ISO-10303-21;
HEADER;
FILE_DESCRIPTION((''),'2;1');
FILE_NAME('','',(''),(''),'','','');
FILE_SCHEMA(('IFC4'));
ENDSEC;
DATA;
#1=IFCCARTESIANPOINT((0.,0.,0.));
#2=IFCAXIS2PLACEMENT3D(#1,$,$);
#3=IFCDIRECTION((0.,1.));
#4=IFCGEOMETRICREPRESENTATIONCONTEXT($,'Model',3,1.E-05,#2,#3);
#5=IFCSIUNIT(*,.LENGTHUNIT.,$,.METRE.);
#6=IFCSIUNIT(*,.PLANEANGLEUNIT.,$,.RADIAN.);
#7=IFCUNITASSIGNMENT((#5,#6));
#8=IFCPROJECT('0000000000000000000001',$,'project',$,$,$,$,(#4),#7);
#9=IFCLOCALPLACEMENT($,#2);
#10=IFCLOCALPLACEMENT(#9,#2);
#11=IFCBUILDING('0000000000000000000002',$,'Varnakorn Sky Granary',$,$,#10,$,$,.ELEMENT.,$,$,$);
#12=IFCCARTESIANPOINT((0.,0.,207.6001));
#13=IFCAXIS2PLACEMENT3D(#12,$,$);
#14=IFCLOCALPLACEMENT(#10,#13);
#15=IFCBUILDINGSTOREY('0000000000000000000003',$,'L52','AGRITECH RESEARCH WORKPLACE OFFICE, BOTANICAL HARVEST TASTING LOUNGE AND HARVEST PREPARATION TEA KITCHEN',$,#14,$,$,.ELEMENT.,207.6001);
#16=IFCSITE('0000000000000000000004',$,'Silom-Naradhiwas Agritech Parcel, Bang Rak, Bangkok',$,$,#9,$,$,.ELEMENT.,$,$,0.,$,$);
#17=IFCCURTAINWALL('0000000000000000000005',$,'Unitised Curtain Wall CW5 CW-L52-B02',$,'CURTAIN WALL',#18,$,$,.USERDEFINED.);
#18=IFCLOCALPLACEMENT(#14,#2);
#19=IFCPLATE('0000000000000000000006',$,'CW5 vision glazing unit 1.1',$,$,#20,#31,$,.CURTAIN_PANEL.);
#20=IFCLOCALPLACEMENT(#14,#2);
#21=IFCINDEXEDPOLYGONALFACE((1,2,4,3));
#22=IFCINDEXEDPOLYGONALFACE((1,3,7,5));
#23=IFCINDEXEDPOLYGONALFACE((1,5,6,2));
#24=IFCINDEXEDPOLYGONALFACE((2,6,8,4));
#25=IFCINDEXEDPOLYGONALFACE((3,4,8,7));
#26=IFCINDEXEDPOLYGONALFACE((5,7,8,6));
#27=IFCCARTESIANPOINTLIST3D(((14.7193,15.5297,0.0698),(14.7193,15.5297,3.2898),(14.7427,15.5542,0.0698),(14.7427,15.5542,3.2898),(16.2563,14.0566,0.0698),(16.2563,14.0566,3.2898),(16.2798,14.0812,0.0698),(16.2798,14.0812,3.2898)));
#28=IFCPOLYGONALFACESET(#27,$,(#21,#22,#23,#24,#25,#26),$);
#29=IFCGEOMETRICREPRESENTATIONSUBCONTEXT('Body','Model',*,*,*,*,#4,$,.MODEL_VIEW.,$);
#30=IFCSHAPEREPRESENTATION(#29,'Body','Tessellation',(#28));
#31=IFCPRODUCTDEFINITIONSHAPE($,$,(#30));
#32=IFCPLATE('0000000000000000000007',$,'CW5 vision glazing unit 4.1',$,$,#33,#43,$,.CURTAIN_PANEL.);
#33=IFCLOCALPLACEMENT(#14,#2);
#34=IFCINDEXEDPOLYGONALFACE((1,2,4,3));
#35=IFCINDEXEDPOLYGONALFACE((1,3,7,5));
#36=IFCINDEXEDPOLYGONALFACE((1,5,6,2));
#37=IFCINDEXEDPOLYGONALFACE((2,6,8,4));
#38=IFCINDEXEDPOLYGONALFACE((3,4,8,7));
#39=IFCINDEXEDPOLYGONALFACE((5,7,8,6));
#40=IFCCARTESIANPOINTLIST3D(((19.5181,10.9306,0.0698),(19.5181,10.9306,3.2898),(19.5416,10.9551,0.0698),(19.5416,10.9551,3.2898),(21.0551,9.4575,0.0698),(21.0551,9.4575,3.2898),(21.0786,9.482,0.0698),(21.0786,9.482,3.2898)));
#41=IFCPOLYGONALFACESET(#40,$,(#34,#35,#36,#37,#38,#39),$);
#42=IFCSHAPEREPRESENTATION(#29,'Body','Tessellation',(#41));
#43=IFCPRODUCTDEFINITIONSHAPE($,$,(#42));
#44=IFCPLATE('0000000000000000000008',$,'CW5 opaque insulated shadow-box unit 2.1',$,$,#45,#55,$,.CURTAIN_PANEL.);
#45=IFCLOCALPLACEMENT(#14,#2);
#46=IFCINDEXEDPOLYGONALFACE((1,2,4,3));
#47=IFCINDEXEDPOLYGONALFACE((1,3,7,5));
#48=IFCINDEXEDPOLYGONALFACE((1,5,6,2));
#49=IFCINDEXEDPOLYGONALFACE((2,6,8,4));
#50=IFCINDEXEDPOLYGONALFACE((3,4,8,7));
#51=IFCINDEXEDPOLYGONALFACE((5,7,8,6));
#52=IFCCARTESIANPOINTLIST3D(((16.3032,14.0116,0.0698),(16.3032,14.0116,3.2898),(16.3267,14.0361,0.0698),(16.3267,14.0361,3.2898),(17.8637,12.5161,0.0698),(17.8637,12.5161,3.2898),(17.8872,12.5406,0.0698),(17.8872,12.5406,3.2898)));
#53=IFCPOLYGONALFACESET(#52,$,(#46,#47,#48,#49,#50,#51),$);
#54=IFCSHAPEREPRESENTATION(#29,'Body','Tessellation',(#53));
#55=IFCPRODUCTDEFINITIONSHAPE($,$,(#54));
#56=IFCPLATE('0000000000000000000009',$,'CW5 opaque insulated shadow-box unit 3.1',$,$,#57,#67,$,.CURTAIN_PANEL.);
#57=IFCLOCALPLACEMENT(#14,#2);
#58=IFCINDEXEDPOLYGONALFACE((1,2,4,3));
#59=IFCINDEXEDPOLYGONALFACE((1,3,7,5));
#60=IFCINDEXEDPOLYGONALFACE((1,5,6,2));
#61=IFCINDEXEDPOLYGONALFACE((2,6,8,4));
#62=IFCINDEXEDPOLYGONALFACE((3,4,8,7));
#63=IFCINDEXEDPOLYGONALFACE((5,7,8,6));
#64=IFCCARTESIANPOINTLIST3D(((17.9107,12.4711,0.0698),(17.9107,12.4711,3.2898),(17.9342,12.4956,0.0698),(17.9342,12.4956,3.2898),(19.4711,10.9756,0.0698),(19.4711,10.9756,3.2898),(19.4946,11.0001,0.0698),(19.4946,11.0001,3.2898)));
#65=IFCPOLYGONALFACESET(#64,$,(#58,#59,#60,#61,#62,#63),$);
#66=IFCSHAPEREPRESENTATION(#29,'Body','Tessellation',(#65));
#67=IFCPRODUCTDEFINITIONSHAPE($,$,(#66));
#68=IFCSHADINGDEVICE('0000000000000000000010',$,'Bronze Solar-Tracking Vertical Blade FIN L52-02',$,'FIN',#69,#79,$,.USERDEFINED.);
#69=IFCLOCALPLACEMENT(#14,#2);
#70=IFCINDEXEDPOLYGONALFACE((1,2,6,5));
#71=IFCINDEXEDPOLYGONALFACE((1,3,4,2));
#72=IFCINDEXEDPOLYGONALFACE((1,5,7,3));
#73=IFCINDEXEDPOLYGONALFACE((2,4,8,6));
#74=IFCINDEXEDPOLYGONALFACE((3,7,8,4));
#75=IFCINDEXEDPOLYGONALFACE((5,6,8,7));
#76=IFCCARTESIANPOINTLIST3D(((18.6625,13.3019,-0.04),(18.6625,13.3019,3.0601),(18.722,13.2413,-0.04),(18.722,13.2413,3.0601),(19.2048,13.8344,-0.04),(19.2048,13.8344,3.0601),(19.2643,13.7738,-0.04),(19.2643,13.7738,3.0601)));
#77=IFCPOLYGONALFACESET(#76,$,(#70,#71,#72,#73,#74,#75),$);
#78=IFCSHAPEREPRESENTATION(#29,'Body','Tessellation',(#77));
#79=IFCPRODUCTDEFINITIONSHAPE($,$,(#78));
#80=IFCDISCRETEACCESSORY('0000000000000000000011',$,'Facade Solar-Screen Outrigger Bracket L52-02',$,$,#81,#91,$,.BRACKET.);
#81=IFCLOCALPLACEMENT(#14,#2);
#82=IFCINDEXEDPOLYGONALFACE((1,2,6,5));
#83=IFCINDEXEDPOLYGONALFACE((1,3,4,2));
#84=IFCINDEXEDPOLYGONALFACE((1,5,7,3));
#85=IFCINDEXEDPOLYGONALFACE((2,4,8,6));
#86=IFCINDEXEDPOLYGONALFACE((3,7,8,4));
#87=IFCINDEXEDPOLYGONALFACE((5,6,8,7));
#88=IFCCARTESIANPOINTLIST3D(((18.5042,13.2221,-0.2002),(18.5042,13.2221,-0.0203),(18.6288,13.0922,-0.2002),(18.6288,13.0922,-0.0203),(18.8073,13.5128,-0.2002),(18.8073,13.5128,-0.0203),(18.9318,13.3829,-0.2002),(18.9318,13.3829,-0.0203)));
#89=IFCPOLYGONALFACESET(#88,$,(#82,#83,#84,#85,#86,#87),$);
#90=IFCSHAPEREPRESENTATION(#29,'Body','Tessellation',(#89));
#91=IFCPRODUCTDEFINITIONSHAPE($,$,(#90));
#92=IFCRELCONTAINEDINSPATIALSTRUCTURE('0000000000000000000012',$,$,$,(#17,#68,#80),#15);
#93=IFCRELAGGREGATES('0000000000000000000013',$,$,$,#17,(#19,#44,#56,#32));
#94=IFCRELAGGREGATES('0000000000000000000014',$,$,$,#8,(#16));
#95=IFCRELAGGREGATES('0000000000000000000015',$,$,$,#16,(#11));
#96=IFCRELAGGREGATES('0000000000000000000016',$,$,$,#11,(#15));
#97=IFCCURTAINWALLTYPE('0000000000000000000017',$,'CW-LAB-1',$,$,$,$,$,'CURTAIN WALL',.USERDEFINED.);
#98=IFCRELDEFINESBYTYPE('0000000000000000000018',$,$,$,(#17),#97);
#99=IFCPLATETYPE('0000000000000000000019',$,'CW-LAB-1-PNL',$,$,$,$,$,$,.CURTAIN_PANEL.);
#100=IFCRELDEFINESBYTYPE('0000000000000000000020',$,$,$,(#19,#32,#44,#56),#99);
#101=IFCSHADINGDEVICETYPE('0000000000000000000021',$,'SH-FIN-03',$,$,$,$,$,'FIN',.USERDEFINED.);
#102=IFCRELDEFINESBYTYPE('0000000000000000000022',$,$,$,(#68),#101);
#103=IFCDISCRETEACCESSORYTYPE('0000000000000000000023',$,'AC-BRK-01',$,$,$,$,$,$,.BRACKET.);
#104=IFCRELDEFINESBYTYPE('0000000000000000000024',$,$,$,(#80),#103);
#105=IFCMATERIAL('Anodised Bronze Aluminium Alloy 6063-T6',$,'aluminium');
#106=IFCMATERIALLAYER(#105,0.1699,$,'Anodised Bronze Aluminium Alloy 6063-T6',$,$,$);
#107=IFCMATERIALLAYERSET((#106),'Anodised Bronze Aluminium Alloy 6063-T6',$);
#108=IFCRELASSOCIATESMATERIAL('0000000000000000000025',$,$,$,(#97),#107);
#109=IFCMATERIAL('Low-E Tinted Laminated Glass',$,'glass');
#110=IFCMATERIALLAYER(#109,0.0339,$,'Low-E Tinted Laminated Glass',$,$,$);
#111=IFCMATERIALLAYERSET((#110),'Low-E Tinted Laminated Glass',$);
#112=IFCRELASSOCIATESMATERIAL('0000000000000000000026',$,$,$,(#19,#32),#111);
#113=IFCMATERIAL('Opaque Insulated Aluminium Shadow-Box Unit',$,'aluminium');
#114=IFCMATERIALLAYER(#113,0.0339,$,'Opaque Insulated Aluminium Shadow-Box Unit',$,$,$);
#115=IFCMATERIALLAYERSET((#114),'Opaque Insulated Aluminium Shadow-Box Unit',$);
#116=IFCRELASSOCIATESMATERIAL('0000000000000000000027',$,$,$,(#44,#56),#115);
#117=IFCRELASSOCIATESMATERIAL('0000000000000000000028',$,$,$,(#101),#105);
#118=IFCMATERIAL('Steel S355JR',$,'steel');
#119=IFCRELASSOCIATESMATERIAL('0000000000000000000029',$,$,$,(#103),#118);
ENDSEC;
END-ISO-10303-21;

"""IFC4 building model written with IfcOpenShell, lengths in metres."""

from ifc_helpers import new_model, si_unit, direction, frame, origin, origin_2d, place, context, subcontext, project, spatial, rectangle, extrude, source, transform, mapped, material, layer, layer_set, type_object, type_shapes, element, aggregate, save


model = new_model("IFC4")

# Units and contexts
model_context = context("Model", 3, precision=1e-05, world=origin(), true_north=direction((0.0, 1.0)))
body_context = subcontext(model_context, "Body", "Model", "MODEL_VIEW")
ifc_project = project(units=[si_unit("LENGTHUNIT", "METRE"), si_unit("PLANEANGLEUNIT", "RADIAN")], contexts=[model_context])

# Site, building, storey
site_placement = place(None, origin())
site = spatial("IfcSite", under=ifc_project, at=site_placement, Name="Silom-Naradhiwas Agritech Parcel, Bang Rak, Bangkok", CompositionType="ELEMENT", RefElevation=0.0)
building_placement = place(site_placement, origin())
building = spatial("IfcBuilding", under=site, at=building_placement, Name="Varnakorn Sky Granary", CompositionType="ELEMENT")
storey_placement = place(building_placement, frame((0.0, 0.0, 207.6001)))
storey = spatial("IfcBuildingStorey", under=building, at=storey_placement, Name="L52", Description="AGRITECH RESEARCH WORKPLACE OFFICE, BOTANICAL HARVEST TASTING LOUNGE AND HARVEST PREPARATION TEA KITCHEN", CompositionType="ELEMENT", Elevation=207.6001)

# Shared definitions
ifc_material_1 = material(Name="Steel S355JR", Category="steel")

# Curtain wall
ifc_material_2 = material(Name="Anodised Bronze Aluminium Alloy 6063-T6", Category="aluminium")
ifc_layer_1 = layer(ifc_material_2, 0.1699, Name="Anodised Bronze Aluminium Alloy 6063-T6")
ifc_layer_set_1 = layer_set([ifc_layer_1], Name="Anodised Bronze Aluminium Alloy 6063-T6")
curtain_wall_type = type_object("IfcCurtainWallType", Name="CW-LAB-1", ElementType="CURTAIN WALL", PredefinedType="USERDEFINED", material=ifc_layer_set_1)
curtain_wall_placement = place(storey_placement, origin())
curtain_wall = element("IfcCurtainWall", 1, at=curtain_wall_placement, inside=storey, type_object=curtain_wall_type, Name="Unitised Curtain Wall CW5 CW-L52-B02", ObjectType="CURTAIN WALL", PredefinedType="USERDEFINED")

# Plates
ifc_material_3 = material(Name="Low-E Tinted Laminated Glass", Category="glass")
ifc_layer_2 = layer(ifc_material_3, 0.0339, Name="Low-E Tinted Laminated Glass")
ifc_layer_set_2 = layer_set([ifc_layer_2], Name="Low-E Tinted Laminated Glass")
plate_type = type_object("IfcPlateType", Name="CW-LAB-1-PNL", PredefinedType="CURTAIN_PANEL")
shared_shape_1 = source(origin(), body_context, "Body", "SweptSolid", [
    extrude(rectangle(XDim=2.1289, YDim=0.0339, at=origin_2d()), origin(), (0.0, 0.0, 1.0), 3.22),
])
plate_1_placement = place(storey_placement, frame((15.4995, 14.8054, 0.0698), z_axis=(0.0, 0.0, 1.0), x_axis=(0.721971, -0.691923, 0.0)))
plate_1 = element("IfcPlate", 2, at=plate_1_placement, type_object=plate_type, material=ifc_layer_set_2, Name="CW5 vision glazing unit 1.1", PredefinedType="CURTAIN_PANEL", context=body_context, shape_type="MappedRepresentation", body=[
    mapped(shared_shape_1, transform((0.0, 0.0, 0.0), x_axis=(1.0, 0.0, 0.0), y_axis=(0.0, 1.0, 0.0), z_axis=(0.0, 0.0, 1.0), scale=1.0)),
])
plate_2_placement = place(storey_placement, frame((20.2983, 10.2063, 0.0698), z_axis=(0.0, 0.0, 1.0), x_axis=(0.721971, -0.691923, 0.0)))
plate_2 = element("IfcPlate", 3, at=plate_2_placement, type_object=plate_type, material=ifc_layer_set_2, Name="CW5 vision glazing unit 4.1", PredefinedType="CURTAIN_PANEL", context=body_context, shape_type="MappedRepresentation", body=[
    mapped(shared_shape_1, transform((0.0, 0.0, 0.0), x_axis=(1.0, 0.0, 0.0), y_axis=(0.0, 1.0, 0.0), z_axis=(0.0, 0.0, 1.0), scale=1.0)),
])
ifc_material_4 = material(Name="Opaque Insulated Aluminium Shadow-Box Unit", Category="aluminium")
ifc_layer_3 = layer(ifc_material_4, 0.0339, Name="Opaque Insulated Aluminium Shadow-Box Unit")
ifc_layer_set_3 = layer_set([ifc_layer_3], Name="Opaque Insulated Aluminium Shadow-Box Unit")
shared_shape_2 = source(origin(), body_context, "Body", "SweptSolid", [
    extrude(rectangle(XDim=2.1614, YDim=0.0339, at=origin_2d()), origin(), (0.0, 0.0, 1.0), 3.22),
])
type_shapes(plate_type, [shared_shape_1, shared_shape_2])
plate_3_placement = place(storey_placement, frame((17.0952, 13.2761, 0.0698), z_axis=(0.0, 0.0, 1.0), x_axis=(0.721971, -0.691923, 0.0)))
plate_3 = element("IfcPlate", 4, at=plate_3_placement, type_object=plate_type, material=ifc_layer_set_3, Name="CW5 opaque insulated shadow-box unit 2.1", PredefinedType="CURTAIN_PANEL", context=body_context, shape_type="MappedRepresentation", body=[
    mapped(shared_shape_2, transform((0.0, 0.0, 0.0), x_axis=(1.0, 0.0, 0.0), y_axis=(0.0, 1.0, 0.0), z_axis=(0.0, 0.0, 1.0), scale=1.0)),
])
plate_4_placement = place(storey_placement, frame((18.7026, 11.7356, 0.0698), z_axis=(0.0, 0.0, 1.0), x_axis=(0.721971, -0.691923, 0.0)))
plate_4 = element("IfcPlate", 5, at=plate_4_placement, type_object=plate_type, material=ifc_layer_set_3, Name="CW5 opaque insulated shadow-box unit 3.1", PredefinedType="CURTAIN_PANEL", context=body_context, shape_type="MappedRepresentation", body=[
    mapped(shared_shape_2, transform((0.0, 0.0, 0.0), x_axis=(1.0, 0.0, 0.0), y_axis=(0.0, 1.0, 0.0), z_axis=(0.0, 0.0, 1.0), scale=1.0)),
])
aggregate(curtain_wall, [plate_1, plate_3, plate_4, plate_2])

# Shading device
shading_device_type = type_object("IfcShadingDeviceType", Name="SH-FIN-03", ElementType="FIN", PredefinedType="USERDEFINED", material=ifc_material_2)
shared_shape_3 = source(origin(), body_context, "Body", "SweptSolid", [
    extrude(rectangle(XDim=0.085, YDim=0.76, at=origin_2d()), origin(), (0.0, 0.0, 1.0), 3.1001),
])
type_shapes(shading_device_type, [shared_shape_3])
shading_device_placement = place(storey_placement, frame((18.9634, 13.5378, -0.04), z_axis=(0.0, 0.0, 1.0), x_axis=(-0.700577, 0.713577, 0.0)))
element("IfcShadingDevice", 6, at=shading_device_placement, inside=storey, type_object=shading_device_type, Name="Bronze Solar-Tracking Vertical Blade FIN L52-02", ObjectType="FIN", PredefinedType="USERDEFINED", context=body_context, shape_type="MappedRepresentation", body=[
    mapped(shared_shape_3, transform((0.0, 0.0, 0.0), x_axis=(1.0, 0.0, 0.0), y_axis=(0.0, 1.0, 0.0), z_axis=(0.0, 0.0, 1.0), scale=1.0)),
])

# Discrete accessory
discrete_accessory_type = type_object("IfcDiscreteAccessoryType", Name="AC-BRK-01", PredefinedType="BRACKET", material=ifc_material_1)
shared_shape_4 = source(origin(), body_context, "Body", "SweptSolid", [
    extrude(rectangle(XDim=0.1799, YDim=0.4199, at=origin_2d()), origin(), (0.0, 0.0, 1.0), 0.1799),
])
type_shapes(discrete_accessory_type, [shared_shape_4])
discrete_accessory_placement = place(storey_placement, frame((18.718, 13.3025, -0.2002), z_axis=(0.0, 0.0, 1.0), x_axis=(-0.692236, 0.721671, 0.0)))
element("IfcDiscreteAccessory", 7, at=discrete_accessory_placement, inside=storey, type_object=discrete_accessory_type, Name="Facade Solar-Screen Outrigger Bracket L52-02", PredefinedType="BRACKET", context=body_context, shape_type="MappedRepresentation", body=[
    mapped(shared_shape_4, transform((0.0, 0.0, 0.0), x_axis=(1.0, 0.0, 0.0), y_axis=(0.0, 1.0, 0.0), z_axis=(0.0, 0.0, 1.0), scale=1.0)),
])

save(model, "model.ifc")
